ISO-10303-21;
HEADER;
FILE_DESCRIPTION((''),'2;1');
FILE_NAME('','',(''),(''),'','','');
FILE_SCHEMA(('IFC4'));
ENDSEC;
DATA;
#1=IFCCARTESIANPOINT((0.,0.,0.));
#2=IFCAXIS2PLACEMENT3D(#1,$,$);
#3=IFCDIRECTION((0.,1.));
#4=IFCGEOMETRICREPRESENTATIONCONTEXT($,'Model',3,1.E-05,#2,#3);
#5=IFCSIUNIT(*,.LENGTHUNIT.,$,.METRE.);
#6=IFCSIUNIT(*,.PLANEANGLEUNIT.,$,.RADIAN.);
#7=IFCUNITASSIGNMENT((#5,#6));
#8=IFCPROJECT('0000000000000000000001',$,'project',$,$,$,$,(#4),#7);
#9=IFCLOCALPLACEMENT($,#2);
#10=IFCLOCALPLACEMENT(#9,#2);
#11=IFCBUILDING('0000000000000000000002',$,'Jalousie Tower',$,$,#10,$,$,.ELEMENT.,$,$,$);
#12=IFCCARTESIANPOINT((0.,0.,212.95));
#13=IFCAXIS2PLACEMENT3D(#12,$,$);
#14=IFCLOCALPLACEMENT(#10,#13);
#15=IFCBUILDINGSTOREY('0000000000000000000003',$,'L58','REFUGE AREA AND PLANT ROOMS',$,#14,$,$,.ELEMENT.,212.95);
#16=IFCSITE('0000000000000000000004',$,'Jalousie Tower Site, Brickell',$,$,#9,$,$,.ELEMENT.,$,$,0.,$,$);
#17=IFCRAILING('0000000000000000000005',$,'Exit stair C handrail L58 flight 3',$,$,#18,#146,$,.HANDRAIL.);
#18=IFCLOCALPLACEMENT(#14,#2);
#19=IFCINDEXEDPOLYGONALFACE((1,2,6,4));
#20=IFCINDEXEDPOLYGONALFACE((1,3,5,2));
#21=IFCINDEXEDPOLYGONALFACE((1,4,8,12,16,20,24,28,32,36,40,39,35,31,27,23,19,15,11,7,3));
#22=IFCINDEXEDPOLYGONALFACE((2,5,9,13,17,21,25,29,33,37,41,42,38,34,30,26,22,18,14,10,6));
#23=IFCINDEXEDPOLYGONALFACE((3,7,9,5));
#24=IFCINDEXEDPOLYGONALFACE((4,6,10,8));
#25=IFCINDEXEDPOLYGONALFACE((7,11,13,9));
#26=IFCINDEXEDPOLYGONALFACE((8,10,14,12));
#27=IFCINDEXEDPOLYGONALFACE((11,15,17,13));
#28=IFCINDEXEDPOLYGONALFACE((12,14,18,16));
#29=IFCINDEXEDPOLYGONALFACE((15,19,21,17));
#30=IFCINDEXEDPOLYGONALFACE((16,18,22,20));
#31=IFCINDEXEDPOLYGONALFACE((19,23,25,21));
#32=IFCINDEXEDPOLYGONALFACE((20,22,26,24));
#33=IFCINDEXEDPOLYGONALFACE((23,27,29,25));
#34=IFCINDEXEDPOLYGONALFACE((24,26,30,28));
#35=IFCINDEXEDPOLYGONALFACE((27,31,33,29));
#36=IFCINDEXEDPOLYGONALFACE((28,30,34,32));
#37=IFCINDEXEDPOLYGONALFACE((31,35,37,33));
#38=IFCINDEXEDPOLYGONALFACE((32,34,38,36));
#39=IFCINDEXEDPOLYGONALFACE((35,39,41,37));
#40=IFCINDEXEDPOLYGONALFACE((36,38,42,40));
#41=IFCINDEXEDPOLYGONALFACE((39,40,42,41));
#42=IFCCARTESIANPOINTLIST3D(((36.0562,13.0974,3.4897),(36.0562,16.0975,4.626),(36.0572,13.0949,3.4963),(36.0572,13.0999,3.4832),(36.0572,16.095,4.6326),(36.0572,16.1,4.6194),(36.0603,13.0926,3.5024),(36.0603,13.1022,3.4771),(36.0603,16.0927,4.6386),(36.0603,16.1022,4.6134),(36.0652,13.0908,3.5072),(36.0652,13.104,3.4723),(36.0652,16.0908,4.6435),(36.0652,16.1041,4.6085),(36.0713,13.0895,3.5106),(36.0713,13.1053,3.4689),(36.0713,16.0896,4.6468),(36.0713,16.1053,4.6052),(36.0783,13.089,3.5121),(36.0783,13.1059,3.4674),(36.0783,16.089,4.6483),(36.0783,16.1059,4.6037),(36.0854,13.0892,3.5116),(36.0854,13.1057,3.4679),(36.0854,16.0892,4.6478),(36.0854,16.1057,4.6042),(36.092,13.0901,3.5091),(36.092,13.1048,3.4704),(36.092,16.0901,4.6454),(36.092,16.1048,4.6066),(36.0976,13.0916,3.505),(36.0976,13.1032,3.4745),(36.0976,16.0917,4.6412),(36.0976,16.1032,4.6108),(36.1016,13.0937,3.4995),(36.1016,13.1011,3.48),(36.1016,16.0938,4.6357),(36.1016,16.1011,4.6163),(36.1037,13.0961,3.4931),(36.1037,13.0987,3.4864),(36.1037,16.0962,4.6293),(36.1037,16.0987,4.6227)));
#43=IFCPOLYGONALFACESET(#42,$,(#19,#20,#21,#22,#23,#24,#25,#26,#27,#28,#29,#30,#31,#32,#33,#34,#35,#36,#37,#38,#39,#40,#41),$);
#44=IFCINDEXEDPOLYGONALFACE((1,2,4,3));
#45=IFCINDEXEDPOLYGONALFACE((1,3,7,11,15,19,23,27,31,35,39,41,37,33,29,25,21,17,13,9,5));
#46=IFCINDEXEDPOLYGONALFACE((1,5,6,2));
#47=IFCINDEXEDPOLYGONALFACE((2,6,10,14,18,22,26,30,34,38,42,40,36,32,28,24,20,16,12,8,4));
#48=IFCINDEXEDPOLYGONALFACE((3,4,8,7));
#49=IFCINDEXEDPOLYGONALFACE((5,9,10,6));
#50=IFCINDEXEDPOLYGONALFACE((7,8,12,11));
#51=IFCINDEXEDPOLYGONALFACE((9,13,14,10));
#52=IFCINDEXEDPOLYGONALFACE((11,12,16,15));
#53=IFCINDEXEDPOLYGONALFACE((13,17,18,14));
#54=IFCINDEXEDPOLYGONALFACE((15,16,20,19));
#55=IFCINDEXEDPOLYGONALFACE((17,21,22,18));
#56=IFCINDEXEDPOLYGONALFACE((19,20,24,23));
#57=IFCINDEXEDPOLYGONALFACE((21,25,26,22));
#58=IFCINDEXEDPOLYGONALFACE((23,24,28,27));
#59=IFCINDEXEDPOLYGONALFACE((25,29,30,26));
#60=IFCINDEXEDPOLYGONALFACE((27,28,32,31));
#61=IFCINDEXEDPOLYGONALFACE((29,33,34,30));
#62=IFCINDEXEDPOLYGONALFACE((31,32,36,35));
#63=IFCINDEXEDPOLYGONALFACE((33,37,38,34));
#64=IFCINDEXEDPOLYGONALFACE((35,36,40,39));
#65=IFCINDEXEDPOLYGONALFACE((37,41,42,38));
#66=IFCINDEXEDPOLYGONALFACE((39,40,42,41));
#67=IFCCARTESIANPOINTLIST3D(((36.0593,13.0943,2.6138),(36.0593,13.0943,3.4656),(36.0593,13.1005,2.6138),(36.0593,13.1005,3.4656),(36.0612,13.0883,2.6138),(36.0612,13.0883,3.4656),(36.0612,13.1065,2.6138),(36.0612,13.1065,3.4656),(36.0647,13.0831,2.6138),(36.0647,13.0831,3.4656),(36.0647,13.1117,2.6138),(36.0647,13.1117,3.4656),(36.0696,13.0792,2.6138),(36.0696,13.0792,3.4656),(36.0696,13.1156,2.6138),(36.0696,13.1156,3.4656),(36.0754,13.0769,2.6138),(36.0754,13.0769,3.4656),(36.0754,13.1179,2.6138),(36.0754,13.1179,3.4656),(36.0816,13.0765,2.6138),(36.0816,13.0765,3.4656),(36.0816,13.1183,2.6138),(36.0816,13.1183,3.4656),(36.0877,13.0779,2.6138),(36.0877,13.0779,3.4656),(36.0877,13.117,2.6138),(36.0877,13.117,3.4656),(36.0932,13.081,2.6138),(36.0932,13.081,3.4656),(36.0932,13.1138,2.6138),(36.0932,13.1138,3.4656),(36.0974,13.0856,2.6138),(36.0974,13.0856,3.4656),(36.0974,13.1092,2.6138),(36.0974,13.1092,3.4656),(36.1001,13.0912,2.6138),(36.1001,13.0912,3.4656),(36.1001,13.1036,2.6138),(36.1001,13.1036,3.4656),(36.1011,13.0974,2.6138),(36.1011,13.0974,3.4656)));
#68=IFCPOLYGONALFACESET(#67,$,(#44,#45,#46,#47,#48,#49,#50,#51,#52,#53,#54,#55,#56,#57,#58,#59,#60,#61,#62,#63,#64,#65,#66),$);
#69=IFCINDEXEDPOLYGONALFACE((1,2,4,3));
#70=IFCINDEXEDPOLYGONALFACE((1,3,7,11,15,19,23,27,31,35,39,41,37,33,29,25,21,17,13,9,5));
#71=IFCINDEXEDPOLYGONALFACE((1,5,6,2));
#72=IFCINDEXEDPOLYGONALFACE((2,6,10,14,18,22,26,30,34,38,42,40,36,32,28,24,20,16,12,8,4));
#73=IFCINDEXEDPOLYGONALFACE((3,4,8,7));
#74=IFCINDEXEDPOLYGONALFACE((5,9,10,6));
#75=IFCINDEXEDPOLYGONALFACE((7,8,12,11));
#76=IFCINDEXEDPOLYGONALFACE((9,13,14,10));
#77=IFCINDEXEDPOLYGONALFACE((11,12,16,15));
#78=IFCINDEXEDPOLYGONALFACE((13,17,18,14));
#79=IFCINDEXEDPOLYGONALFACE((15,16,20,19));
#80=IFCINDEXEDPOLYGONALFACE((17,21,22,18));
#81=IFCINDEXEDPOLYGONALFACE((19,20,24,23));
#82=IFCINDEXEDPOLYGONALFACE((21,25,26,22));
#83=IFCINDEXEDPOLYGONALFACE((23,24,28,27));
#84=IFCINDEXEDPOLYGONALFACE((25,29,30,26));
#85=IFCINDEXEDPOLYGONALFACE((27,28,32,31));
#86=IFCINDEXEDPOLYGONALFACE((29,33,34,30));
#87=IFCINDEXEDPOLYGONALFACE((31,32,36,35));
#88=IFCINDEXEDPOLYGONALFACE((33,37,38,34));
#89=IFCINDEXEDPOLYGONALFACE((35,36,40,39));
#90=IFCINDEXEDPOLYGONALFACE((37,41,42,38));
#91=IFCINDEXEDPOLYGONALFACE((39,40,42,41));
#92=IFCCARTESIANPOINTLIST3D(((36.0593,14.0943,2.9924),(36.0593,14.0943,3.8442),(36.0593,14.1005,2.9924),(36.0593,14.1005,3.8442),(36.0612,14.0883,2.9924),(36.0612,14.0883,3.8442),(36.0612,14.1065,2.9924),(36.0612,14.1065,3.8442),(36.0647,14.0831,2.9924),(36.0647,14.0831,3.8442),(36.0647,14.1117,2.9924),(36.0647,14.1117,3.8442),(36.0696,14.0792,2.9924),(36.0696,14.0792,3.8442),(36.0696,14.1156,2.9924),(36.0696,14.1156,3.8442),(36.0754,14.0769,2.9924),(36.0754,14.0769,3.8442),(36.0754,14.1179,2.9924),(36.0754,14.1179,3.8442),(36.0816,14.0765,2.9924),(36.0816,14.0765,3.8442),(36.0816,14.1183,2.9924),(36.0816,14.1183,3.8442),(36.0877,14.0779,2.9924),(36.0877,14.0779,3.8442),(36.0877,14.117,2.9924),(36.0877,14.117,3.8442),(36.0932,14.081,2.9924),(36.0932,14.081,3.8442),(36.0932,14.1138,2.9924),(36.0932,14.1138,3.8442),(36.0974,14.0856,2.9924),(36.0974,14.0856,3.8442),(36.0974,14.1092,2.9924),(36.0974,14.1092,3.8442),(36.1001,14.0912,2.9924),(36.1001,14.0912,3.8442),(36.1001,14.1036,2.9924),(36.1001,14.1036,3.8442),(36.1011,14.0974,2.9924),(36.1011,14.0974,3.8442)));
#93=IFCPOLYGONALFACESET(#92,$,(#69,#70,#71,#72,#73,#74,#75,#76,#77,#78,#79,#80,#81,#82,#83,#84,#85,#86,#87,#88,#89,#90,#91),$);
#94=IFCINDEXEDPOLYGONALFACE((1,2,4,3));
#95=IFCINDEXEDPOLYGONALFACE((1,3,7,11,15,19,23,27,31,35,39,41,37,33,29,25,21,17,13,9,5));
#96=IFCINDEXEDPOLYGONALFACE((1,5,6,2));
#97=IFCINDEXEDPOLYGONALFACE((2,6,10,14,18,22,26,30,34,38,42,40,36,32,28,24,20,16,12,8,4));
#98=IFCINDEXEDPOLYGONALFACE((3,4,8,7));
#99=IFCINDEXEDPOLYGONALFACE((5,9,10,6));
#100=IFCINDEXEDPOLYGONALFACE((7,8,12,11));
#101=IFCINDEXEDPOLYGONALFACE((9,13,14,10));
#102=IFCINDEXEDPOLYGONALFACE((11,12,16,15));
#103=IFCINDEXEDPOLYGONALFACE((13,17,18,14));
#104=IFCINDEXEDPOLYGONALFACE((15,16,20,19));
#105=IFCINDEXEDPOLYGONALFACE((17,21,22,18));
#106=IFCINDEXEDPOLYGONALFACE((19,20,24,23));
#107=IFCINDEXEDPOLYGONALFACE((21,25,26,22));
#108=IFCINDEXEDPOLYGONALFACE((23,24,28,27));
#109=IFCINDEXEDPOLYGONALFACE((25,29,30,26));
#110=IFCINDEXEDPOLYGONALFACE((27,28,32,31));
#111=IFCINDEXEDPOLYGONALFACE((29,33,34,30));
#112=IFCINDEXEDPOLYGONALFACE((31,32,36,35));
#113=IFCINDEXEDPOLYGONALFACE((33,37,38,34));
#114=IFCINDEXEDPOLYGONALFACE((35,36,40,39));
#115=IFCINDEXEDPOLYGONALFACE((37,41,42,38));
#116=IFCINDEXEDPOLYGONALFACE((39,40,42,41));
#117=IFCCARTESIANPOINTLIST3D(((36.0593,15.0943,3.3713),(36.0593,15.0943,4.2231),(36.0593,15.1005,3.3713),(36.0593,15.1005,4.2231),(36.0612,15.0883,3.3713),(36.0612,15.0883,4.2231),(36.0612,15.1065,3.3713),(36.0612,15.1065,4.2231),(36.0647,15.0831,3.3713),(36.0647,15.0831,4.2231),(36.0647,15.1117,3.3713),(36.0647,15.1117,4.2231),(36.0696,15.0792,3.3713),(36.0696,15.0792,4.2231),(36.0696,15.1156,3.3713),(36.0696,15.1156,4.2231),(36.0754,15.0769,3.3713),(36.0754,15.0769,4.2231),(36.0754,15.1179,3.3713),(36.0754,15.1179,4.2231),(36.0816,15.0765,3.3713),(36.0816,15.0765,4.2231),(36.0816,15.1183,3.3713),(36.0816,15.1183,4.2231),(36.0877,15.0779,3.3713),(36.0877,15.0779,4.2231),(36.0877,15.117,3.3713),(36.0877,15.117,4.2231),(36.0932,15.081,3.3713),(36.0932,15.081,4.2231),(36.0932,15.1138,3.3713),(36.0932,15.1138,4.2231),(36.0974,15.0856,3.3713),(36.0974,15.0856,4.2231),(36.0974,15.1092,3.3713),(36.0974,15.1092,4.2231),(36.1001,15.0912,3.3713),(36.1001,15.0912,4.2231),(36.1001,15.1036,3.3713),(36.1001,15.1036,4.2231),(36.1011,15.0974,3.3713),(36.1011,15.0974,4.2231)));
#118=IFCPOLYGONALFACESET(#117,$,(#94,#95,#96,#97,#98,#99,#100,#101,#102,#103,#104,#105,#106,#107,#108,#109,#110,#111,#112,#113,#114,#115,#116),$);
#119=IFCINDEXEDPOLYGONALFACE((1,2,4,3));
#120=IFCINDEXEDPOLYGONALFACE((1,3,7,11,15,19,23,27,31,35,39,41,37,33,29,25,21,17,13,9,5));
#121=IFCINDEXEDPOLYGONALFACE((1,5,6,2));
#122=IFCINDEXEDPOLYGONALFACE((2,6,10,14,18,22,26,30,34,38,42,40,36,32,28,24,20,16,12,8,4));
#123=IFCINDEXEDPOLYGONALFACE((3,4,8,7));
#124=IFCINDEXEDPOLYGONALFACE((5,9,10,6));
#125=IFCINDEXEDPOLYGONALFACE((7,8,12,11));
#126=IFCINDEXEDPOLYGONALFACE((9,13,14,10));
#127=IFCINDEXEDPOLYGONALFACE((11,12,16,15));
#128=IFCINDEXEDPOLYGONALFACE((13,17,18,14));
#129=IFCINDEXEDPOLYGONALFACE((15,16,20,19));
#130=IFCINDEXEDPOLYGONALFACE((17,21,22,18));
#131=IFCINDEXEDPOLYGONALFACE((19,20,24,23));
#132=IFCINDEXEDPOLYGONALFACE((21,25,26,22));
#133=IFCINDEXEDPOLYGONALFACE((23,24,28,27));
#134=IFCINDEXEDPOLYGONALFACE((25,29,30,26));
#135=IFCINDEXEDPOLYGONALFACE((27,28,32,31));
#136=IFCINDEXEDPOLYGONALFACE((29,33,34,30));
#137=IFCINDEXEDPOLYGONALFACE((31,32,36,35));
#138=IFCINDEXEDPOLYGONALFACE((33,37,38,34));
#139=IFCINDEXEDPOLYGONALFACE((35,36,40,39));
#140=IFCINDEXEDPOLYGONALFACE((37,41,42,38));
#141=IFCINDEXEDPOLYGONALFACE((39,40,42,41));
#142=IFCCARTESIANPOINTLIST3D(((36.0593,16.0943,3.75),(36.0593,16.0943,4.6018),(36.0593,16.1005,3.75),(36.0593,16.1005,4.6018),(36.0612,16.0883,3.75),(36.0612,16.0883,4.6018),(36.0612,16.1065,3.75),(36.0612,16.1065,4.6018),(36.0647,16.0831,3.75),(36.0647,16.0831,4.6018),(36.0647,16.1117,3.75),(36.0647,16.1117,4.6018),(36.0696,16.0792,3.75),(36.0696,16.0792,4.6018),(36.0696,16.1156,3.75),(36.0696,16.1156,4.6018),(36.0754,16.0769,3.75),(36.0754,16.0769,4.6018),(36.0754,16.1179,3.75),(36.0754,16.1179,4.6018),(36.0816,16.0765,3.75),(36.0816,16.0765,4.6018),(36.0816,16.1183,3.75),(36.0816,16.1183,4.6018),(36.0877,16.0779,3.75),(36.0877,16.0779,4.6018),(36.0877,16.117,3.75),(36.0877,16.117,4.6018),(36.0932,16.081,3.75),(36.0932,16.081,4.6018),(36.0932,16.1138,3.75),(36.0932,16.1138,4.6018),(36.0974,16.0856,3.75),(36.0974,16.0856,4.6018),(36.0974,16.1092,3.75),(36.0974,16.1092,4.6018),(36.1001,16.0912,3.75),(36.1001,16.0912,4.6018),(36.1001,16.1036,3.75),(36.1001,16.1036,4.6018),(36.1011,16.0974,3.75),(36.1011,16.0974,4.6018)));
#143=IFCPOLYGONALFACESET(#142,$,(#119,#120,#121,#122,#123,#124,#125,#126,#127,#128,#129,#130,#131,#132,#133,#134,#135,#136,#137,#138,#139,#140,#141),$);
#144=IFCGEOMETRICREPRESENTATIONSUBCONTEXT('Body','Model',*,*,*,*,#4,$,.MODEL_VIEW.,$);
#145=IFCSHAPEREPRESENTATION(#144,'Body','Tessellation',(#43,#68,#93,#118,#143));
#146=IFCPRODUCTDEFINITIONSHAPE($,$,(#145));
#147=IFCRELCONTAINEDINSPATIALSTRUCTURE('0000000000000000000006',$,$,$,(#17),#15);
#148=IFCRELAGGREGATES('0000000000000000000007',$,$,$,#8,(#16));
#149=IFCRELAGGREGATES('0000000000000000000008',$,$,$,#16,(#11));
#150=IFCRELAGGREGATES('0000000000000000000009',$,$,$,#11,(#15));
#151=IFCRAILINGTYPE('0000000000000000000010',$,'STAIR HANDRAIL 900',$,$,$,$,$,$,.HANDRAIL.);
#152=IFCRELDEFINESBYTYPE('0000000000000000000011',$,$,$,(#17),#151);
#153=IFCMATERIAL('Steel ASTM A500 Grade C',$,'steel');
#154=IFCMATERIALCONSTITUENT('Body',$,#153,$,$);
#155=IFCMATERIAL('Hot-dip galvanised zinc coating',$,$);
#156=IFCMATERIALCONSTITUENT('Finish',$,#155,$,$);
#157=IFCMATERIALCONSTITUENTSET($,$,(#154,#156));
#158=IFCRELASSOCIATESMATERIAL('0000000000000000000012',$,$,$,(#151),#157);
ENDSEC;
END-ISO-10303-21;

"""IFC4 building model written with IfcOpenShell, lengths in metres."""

from ifc_helpers import new_model, si_unit, direction, frame, origin, origin_2d, place, context, subcontext, project, spatial, circle, extrude, material, constituent, constituent_set, type_object, element, save


model = new_model("IFC4")

# Units and contexts
model_context = context("Model", 3, precision=1e-05, world=origin(), true_north=direction((0.0, 1.0)))
body_context = subcontext(model_context, "Body", "Model", "MODEL_VIEW")
ifc_project = project(units=[si_unit("LENGTHUNIT", "METRE"), si_unit("PLANEANGLEUNIT", "RADIAN")], contexts=[model_context])

# Site, building, storey
site_placement = place(None, origin())
site = spatial("IfcSite", under=ifc_project, at=site_placement, Name="Jalousie Tower Site, Brickell", CompositionType="ELEMENT", RefElevation=0.0)
building_placement = place(site_placement, origin())
building = spatial("IfcBuilding", under=site, at=building_placement, Name="Jalousie Tower", CompositionType="ELEMENT")
storey_placement = place(building_placement, frame((0.0, 0.0, 212.95)))
storey = spatial("IfcBuildingStorey", under=building, at=storey_placement, Name="L58", Description="REFUGE AREA AND PLANT ROOMS", CompositionType="ELEMENT", Elevation=212.95)

# Railing
ifc_material_1 = material(Name="Steel ASTM A500 Grade C", Category="steel")
ifc_constituent_1 = constituent(ifc_material_1, Name="Body")
ifc_material_2 = material(Name="Hot-dip galvanised zinc coating")
ifc_constituent_2 = constituent(ifc_material_2, Name="Finish")
ifc_constituent_set_1 = constituent_set(constituents=[ifc_constituent_1, ifc_constituent_2])
railing_type_1 = type_object("IfcRailingType", Name="STAIR HANDRAIL 900", PredefinedType="HANDRAIL", material=ifc_constituent_set_1)
railing_1_placement = place(storey_placement, frame((36.0801, 13.0974, 2.6138)))
element("IfcRailing", 1, at=railing_1_placement, inside=storey, type_object=railing_type_1, Name="Exit stair C handrail L58 flight 3", PredefinedType="HANDRAIL", context=body_context, shape_type="SweptSolid", body=[
    extrude(circle(Radius=0.0239, at=origin_2d()), frame((0.0, 0.0, 0.876), z_axis=(0.0, 0.935173, 0.354191), x_axis=(-1.0, 0.0, 0.0)), (0.0, 0.0, 1.0), 3.208),
    extrude(circle(Radius=0.021, at=origin_2d()), origin(), (0.0, 0.0, 1.0), 0.8518),
    extrude(circle(Radius=0.021, at=origin_2d()), frame((0.0, 1.0, 0.3787)), (0.0, 0.0, 1.0), 0.8518),
    extrude(circle(Radius=0.021, at=origin_2d()), frame((0.0, 2.0, 0.7576)), (0.0, 0.0, 1.0), 0.8518),
    extrude(circle(Radius=0.021, at=origin_2d()), frame((0.0, 3.0, 1.1362)), (0.0, 0.0, 1.0), 0.8518),
])

save(model, "model.ifc")
